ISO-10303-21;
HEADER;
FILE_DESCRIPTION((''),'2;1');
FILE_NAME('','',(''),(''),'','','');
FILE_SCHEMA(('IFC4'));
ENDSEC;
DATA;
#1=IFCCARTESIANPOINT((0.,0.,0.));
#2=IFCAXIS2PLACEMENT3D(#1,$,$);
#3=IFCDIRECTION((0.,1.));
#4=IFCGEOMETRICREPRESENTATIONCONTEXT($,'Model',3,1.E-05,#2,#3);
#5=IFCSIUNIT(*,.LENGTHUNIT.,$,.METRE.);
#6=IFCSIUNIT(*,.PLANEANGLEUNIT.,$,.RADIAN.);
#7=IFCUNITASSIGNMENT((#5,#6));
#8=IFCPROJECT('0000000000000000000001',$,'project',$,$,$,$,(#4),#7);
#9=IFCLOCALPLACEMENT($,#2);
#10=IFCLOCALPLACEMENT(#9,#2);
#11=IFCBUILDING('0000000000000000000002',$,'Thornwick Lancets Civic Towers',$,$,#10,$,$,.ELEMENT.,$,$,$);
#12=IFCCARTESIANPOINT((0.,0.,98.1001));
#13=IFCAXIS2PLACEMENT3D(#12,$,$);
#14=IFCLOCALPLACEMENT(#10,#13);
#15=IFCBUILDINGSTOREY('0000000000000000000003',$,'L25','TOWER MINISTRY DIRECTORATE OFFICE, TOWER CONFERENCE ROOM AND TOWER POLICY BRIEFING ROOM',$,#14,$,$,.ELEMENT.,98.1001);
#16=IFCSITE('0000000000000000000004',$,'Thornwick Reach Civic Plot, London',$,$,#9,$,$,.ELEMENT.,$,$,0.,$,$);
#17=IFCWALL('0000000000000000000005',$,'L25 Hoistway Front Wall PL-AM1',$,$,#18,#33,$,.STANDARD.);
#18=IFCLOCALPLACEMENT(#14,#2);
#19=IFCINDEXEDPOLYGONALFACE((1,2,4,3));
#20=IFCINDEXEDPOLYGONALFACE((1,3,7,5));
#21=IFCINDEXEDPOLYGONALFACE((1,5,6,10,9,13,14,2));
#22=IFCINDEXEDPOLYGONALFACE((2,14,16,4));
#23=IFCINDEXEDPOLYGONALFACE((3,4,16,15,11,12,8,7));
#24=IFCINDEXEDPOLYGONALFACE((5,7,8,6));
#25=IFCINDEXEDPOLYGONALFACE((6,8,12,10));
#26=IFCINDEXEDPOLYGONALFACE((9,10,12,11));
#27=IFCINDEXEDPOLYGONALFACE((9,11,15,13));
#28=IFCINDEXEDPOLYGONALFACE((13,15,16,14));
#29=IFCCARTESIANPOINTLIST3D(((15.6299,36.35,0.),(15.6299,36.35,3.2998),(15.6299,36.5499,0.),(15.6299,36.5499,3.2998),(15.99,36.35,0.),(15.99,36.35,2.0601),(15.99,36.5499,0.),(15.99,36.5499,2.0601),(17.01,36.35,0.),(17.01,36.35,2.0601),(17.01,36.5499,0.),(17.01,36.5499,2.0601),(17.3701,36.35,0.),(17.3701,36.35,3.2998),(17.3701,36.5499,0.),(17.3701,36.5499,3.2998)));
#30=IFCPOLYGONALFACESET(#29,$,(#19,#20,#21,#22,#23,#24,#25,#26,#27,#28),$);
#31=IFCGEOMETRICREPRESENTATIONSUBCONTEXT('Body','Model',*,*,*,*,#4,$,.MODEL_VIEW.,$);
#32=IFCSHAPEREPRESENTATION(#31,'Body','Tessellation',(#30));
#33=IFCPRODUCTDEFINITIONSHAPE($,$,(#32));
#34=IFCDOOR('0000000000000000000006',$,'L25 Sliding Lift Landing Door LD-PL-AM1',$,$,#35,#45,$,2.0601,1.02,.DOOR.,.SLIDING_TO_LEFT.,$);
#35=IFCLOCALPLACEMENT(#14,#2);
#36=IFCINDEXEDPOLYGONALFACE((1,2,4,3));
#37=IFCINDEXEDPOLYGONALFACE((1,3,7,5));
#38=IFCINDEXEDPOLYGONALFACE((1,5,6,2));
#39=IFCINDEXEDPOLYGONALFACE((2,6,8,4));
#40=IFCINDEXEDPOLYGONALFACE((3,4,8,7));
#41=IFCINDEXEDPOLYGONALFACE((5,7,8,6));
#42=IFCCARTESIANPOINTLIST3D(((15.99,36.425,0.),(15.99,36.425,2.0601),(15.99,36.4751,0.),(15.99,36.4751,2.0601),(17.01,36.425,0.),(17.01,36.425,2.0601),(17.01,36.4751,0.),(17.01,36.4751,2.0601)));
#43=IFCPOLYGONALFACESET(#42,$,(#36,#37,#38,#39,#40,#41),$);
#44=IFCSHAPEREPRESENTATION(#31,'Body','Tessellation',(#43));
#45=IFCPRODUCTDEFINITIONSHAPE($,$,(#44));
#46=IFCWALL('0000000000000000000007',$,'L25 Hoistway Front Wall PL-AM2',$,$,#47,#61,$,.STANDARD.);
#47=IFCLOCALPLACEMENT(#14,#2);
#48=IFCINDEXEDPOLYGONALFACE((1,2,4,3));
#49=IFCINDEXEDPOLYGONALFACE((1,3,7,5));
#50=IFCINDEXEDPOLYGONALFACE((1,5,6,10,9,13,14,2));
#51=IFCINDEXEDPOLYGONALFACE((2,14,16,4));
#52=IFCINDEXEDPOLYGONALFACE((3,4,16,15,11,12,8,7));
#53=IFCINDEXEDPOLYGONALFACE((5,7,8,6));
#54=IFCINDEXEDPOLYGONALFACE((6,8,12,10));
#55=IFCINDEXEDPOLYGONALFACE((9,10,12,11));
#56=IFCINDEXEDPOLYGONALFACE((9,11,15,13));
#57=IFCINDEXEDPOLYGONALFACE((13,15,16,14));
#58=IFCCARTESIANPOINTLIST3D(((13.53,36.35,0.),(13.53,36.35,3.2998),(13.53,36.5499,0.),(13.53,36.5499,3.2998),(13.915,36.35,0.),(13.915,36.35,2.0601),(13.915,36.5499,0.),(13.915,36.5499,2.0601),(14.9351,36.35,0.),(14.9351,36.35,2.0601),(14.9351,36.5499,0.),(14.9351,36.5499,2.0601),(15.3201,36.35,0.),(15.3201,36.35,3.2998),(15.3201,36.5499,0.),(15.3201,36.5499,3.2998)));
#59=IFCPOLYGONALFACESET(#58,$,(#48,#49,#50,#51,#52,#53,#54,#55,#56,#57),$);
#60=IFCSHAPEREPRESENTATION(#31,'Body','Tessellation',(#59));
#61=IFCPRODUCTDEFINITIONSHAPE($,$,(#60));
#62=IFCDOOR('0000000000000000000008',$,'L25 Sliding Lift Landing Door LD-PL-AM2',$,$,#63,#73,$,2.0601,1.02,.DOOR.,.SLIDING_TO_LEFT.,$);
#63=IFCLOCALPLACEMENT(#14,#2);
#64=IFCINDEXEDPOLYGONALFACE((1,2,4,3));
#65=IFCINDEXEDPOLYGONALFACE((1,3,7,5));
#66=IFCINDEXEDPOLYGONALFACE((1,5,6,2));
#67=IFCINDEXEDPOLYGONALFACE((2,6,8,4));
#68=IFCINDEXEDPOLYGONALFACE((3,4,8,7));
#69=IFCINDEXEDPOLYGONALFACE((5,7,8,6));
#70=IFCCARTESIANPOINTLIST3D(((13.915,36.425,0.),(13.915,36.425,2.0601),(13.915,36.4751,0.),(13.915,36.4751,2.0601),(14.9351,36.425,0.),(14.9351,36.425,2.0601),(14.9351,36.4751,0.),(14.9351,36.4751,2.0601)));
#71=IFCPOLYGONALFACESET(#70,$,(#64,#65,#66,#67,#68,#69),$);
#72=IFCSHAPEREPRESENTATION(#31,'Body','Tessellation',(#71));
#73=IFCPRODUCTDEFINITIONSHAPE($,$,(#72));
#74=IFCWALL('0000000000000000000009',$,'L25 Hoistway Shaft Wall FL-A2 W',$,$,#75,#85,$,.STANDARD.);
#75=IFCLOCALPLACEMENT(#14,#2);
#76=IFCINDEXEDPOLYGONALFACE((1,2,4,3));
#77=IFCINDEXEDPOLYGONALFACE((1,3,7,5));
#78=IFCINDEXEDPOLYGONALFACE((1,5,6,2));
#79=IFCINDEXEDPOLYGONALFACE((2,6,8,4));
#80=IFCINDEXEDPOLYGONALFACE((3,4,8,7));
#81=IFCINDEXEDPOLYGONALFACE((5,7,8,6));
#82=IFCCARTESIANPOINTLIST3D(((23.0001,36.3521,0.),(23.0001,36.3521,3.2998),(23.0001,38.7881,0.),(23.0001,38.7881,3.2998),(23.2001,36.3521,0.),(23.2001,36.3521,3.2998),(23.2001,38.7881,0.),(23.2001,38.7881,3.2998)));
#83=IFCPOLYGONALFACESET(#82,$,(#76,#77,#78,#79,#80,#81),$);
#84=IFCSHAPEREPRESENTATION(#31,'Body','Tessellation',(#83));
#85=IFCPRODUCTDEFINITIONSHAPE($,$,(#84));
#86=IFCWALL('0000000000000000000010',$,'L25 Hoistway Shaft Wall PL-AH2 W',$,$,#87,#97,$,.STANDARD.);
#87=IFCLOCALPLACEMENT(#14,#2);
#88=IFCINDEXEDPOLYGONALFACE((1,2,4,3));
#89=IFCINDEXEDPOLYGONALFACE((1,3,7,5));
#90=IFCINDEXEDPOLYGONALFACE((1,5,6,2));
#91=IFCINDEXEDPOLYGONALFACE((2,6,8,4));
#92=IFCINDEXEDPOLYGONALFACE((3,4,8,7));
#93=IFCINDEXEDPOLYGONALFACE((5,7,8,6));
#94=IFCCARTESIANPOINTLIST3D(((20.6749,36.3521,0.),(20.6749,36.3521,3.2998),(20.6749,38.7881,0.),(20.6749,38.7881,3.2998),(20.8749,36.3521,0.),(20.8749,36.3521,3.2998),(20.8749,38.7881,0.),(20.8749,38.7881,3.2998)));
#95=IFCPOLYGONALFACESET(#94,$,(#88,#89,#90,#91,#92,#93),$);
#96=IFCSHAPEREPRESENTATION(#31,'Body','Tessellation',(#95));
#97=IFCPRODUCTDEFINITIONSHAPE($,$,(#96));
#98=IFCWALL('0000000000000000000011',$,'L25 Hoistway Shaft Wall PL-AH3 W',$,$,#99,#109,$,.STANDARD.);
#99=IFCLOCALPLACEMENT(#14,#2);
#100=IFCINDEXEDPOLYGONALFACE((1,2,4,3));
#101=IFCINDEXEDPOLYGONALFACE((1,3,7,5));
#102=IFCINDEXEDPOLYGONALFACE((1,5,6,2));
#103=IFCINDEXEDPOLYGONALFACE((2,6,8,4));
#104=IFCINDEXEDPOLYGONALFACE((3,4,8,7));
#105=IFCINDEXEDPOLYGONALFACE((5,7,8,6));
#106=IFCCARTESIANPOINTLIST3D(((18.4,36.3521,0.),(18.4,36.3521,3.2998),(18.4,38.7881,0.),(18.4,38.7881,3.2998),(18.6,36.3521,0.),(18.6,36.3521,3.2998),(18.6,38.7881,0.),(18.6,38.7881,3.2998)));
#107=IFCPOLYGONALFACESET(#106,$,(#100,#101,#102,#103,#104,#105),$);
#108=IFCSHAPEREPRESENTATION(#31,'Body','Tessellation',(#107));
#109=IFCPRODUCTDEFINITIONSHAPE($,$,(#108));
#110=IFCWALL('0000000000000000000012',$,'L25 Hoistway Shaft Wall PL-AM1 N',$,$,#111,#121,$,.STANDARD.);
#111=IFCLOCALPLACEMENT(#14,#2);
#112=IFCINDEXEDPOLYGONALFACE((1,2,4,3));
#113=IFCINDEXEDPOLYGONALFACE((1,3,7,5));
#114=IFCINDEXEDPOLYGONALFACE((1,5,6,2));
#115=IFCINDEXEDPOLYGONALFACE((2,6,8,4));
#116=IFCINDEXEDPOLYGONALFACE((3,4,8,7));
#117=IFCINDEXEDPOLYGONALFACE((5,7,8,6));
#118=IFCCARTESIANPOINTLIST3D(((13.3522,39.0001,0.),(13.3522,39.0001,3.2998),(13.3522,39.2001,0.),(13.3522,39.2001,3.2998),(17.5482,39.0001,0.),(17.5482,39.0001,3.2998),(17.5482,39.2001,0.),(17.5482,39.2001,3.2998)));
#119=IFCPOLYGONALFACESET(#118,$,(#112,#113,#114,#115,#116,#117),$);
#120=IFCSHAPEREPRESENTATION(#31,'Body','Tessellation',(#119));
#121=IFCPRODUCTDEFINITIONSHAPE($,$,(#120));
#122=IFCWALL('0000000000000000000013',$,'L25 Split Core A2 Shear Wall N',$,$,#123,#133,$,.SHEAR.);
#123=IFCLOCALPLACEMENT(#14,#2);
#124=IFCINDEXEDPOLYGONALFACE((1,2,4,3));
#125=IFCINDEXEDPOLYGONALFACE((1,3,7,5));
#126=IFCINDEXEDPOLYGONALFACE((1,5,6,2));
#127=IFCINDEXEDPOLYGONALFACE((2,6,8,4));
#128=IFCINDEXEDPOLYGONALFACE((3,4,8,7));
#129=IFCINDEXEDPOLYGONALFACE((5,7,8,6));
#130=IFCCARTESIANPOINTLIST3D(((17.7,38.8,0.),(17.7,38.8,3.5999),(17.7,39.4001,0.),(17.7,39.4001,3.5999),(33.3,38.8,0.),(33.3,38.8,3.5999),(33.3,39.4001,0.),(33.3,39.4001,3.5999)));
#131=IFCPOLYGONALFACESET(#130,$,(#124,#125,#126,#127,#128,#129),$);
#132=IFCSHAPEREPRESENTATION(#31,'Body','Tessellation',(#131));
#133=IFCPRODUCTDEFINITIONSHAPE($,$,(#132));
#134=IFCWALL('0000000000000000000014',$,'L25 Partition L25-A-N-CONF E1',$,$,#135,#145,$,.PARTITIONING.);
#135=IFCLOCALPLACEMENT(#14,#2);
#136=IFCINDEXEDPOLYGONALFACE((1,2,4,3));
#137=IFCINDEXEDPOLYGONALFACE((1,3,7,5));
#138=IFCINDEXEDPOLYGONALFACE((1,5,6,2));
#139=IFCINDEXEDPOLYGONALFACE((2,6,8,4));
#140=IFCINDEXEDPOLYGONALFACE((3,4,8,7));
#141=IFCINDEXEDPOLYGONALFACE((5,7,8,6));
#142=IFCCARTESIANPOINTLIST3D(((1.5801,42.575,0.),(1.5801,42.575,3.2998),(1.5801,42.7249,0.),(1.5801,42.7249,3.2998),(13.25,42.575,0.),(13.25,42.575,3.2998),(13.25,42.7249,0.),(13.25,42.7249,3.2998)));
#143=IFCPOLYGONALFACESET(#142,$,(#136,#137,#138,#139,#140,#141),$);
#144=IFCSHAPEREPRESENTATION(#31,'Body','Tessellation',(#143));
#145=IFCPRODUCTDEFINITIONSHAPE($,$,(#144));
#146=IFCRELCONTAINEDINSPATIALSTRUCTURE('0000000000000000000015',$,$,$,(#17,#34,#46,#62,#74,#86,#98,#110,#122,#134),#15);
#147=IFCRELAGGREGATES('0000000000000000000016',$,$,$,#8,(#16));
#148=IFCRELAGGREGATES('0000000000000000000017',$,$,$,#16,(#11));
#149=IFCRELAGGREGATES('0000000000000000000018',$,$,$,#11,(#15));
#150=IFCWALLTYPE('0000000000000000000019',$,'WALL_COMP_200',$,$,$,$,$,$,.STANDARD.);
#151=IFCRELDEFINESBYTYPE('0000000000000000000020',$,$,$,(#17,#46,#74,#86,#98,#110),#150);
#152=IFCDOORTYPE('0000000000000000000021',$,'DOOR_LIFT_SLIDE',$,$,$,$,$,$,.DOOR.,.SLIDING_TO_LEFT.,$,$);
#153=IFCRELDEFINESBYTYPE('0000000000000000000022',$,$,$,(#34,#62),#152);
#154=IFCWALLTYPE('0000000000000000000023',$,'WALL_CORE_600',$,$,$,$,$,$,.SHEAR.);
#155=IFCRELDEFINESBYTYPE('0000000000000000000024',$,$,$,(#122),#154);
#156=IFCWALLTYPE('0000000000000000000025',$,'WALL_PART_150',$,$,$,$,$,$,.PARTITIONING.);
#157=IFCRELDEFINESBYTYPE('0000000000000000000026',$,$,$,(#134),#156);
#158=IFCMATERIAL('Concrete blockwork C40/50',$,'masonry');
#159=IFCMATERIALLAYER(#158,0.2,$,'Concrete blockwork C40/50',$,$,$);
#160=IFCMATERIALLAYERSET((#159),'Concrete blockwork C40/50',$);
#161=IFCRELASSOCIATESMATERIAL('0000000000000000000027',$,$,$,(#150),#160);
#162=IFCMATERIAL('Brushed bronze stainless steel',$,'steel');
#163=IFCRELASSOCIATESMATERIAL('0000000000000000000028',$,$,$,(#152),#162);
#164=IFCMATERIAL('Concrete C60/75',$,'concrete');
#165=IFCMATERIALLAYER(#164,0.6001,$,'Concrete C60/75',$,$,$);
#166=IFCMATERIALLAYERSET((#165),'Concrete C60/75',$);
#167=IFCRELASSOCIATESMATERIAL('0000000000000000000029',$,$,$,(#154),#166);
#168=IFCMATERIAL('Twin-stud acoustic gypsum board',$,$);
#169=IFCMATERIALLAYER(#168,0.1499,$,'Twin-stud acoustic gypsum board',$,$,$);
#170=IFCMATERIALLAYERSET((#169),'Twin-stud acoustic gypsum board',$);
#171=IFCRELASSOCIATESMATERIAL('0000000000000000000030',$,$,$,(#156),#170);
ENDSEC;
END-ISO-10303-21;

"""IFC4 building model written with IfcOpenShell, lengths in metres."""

from ifc_helpers import new_model, si_unit, direction, frame, frame_2d, origin, place, context, subcontext, project, spatial, rectangle, extrude, material, layer, layer_set, type_object, element, fill, save


model = new_model("IFC4")

# Units and contexts
model_context = context("Model", 3, precision=1e-05, world=origin(), true_north=direction((0.0, 1.0)))
body_context = subcontext(model_context, "Body", "Model", "MODEL_VIEW")
ifc_project = project(units=[si_unit("LENGTHUNIT", "METRE"), si_unit("PLANEANGLEUNIT", "RADIAN")], contexts=[model_context])

# Site, building, storey
site_placement = place(None, origin())
site = spatial("IfcSite", under=ifc_project, at=site_placement, Name="Thornwick Reach Civic Plot, London", CompositionType="ELEMENT", RefElevation=0.0)
building_placement = place(site_placement, origin())
building = spatial("IfcBuilding", under=site, at=building_placement, Name="Thornwick Lancets Civic Towers", CompositionType="ELEMENT")
storey_placement = place(building_placement, frame((0.0, 0.0, 98.1001)))
storey = spatial("IfcBuildingStorey", under=building, at=storey_placement, Name="L25", Description="TOWER MINISTRY DIRECTORATE OFFICE, TOWER CONFERENCE ROOM AND TOWER POLICY BRIEFING ROOM", CompositionType="ELEMENT", Elevation=98.1001)

# Shared definitions
ifc_material_1 = material(Name="Concrete C60/75", Category="concrete")

# Shared definitions
ifc_material_2 = material(Name="Concrete blockwork C40/50", Category="masonry")
ifc_layer_1 = layer(ifc_material_2, 0.2, Name="Concrete blockwork C40/50")
ifc_layer_set_1 = layer_set([ifc_layer_1], Name="Concrete blockwork C40/50")
wall_type_1 = type_object("IfcWallType", Name="WALL_COMP_200", PredefinedType="STANDARD", material=ifc_layer_set_1)

# Walls, openings, doors
wall_1_placement = place(storey_placement, frame((17.3701, 36.45, 0.0), z_axis=(0.0, 0.0, 1.0), x_axis=(-1.0, 0.0, 0.0)))
wall_1 = element("IfcWall", 1, at=wall_1_placement, inside=storey, type_object=wall_type_1, Name="L25 Hoistway Front Wall PL-AM1", PredefinedType="STANDARD", context=body_context, shape_type="SweptSolid", body=[
    extrude(rectangle(XDim=1.7402, YDim=0.2, at=frame_2d((0.8701, 0.0))), origin(), (0.0, 0.0, 1.0), 3.2998),
])
opening_1_placement = place(wall_1_placement, frame((0.3601, 0.0, 0.0)))
opening_1 = element("IfcOpeningElement", 2, at=opening_1_placement, cuts=wall_1, PredefinedType="OPENING", context=body_context, shape_type="SweptSolid", body=[
    extrude(rectangle(XDim=1.02, YDim=2.0601, at=frame_2d((0.51, 1.03))), frame((0.0, 0.1099, 0.0), z_axis=(0.0, -1.0, 0.0), x_axis=(1.0, 0.0, 0.0)), (0.0, 0.0, 1.0), 0.22),
])
ifc_material_3 = material(Name="Brushed bronze stainless steel", Category="steel")
door_type = type_object("IfcDoorType", Name="DOOR_LIFT_SLIDE", OperationType="SLIDING_TO_LEFT", PredefinedType="DOOR", material=ifc_material_3)
door_1_placement = place(opening_1_placement, origin())
door_1 = element("IfcDoor", 3, at=door_1_placement, inside=storey, type_object=door_type, Name="L25 Sliding Lift Landing Door LD-PL-AM1", OperationType="SLIDING_TO_LEFT", OverallHeight=2.0601, OverallWidth=1.02, PredefinedType="DOOR", context=body_context, shape_type="SweptSolid", body=[
    extrude(rectangle(XDim=1.02, YDim=2.0601, at=frame_2d((0.51, 1.03))), frame((0.0, 0.0249, 0.0), z_axis=(0.0, -1.0, 0.0), x_axis=(1.0, 0.0, 0.0)), (0.0, 0.0, 1.0), 0.05),
])
fill(opening_1, door_1)
wall_2_placement = place(storey_placement, frame((15.3201, 36.45, 0.0), z_axis=(0.0, 0.0, 1.0), x_axis=(-1.0, 0.0, 0.0)))
wall_2 = element("IfcWall", 4, at=wall_2_placement, inside=storey, type_object=wall_type_1, Name="L25 Hoistway Front Wall PL-AM2", PredefinedType="STANDARD", context=body_context, shape_type="SweptSolid", body=[
    extrude(rectangle(XDim=1.79, YDim=0.2, at=frame_2d((0.895, 0.0))), origin(), (0.0, 0.0, 1.0), 3.2998),
])
opening_2_placement = place(wall_2_placement, frame((0.385, 0.0, 0.0)))
opening_2 = element("IfcOpeningElement", 5, at=opening_2_placement, cuts=wall_2, PredefinedType="OPENING", context=body_context, shape_type="SweptSolid", body=[
    extrude(rectangle(XDim=1.02, YDim=2.0601, at=frame_2d((0.51, 1.03))), frame((0.0, 0.1099, 0.0), z_axis=(0.0, -1.0, 0.0), x_axis=(1.0, 0.0, 0.0)), (0.0, 0.0, 1.0), 0.22),
])
door_2_placement = place(opening_2_placement, origin())
door_2 = element("IfcDoor", 6, at=door_2_placement, inside=storey, type_object=door_type, Name="L25 Sliding Lift Landing Door LD-PL-AM2", OperationType="SLIDING_TO_LEFT", OverallHeight=2.0601, OverallWidth=1.02, PredefinedType="DOOR", context=body_context, shape_type="SweptSolid", body=[
    extrude(rectangle(XDim=1.02, YDim=2.0601, at=frame_2d((0.51, 1.03))), frame((0.0, 0.0249, 0.0), z_axis=(0.0, -1.0, 0.0), x_axis=(1.0, 0.0, 0.0)), (0.0, 0.0, 1.0), 0.05),
])
fill(opening_2, door_2)

# Walls
for number, where, z_axis, x_axis, name in (
    (7, (23.1001, 36.3521, 0.0), (0.0, 0.0, 1.0), (0.0, 1.0, 0.0), "L25 Hoistway Shaft Wall FL-A2 W"),
    (8, (20.7749, 36.3521, 0.0), (0.0, 0.0, 1.0), (0.0, 1.0, 0.0), "L25 Hoistway Shaft Wall PL-AH2 W"),
    (9, (18.5, 36.3521, 0.0), (0.0, 0.0, 1.0), (0.0, 1.0, 0.0), "L25 Hoistway Shaft Wall PL-AH3 W"),
):
    element("IfcWall", number, at=place(storey_placement, frame(where, z_axis=z_axis, x_axis=x_axis)), inside=storey, type_object=wall_type_1, Name=name, PredefinedType="STANDARD", context=body_context, shape_type="SweptSolid", body=[
        extrude(rectangle(XDim=2.436, YDim=0.2, at=frame_2d((1.218, 0.0))), origin(), (0.0, 0.0, 1.0), 3.2998),
    ])
wall_3_placement = place(storey_placement, frame((13.3521, 39.1001, 0.0), z_axis=(0.0, 0.0, 1.0), x_axis=(1.0, 0.0, 0.0)))
element("IfcWall", 10, at=wall_3_placement, inside=storey, type_object=wall_type_1, Name="L25 Hoistway Shaft Wall PL-AM1 N", PredefinedType="STANDARD", context=body_context, shape_type="SweptSolid", body=[
    extrude(rectangle(XDim=4.196, YDim=0.2, at=frame_2d((2.0981, 0.0))), origin(), (0.0, 0.0, 1.0), 3.2998),
])
ifc_layer_2 = layer(ifc_material_1, 0.6001, Name="Concrete C60/75")
ifc_layer_set_2 = layer_set([ifc_layer_2], Name="Concrete C60/75")
wall_type_2 = type_object("IfcWallType", Name="WALL_CORE_600", PredefinedType="SHEAR", material=ifc_layer_set_2)
wall_4_placement = place(storey_placement, frame((17.7, 39.1001, 0.0), z_axis=(0.0, 0.0, 1.0), x_axis=(1.0, 0.0, 0.0)))
element("IfcWall", 11, at=wall_4_placement, inside=storey, type_object=wall_type_2, Name="L25 Split Core A2 Shear Wall N", PredefinedType="SHEAR", context=body_context, shape_type="SweptSolid", body=[
    extrude(rectangle(XDim=15.6001, YDim=0.6001, at=frame_2d((7.8, 0.0))), origin(), (0.0, 0.0, 1.0), 3.5999),
])
ifc_material_4 = material(Name="Twin-stud acoustic gypsum board")
ifc_layer_3 = layer(ifc_material_4, 0.1499, Name="Twin-stud acoustic gypsum board")
ifc_layer_set_3 = layer_set([ifc_layer_3], Name="Twin-stud acoustic gypsum board")
wall_type_3 = type_object("IfcWallType", Name="WALL_PART_150", PredefinedType="PARTITIONING", material=ifc_layer_set_3)
wall_5_placement = place(storey_placement, frame((13.25, 42.6499, 0.0), z_axis=(0.0, 0.0, 1.0), x_axis=(-1.0, 0.0, 0.0)))
element("IfcWall", 12, at=wall_5_placement, inside=storey, type_object=wall_type_3, Name="L25 Partition L25-A-N-CONF E1", PredefinedType="PARTITIONING", context=body_context, shape_type="SweptSolid", body=[
    extrude(rectangle(XDim=11.6699, YDim=0.1499, at=frame_2d((5.835, 0.0))), origin(), (0.0, 0.0, 1.0), 3.2998),
])

save(model, "model.ifc")
